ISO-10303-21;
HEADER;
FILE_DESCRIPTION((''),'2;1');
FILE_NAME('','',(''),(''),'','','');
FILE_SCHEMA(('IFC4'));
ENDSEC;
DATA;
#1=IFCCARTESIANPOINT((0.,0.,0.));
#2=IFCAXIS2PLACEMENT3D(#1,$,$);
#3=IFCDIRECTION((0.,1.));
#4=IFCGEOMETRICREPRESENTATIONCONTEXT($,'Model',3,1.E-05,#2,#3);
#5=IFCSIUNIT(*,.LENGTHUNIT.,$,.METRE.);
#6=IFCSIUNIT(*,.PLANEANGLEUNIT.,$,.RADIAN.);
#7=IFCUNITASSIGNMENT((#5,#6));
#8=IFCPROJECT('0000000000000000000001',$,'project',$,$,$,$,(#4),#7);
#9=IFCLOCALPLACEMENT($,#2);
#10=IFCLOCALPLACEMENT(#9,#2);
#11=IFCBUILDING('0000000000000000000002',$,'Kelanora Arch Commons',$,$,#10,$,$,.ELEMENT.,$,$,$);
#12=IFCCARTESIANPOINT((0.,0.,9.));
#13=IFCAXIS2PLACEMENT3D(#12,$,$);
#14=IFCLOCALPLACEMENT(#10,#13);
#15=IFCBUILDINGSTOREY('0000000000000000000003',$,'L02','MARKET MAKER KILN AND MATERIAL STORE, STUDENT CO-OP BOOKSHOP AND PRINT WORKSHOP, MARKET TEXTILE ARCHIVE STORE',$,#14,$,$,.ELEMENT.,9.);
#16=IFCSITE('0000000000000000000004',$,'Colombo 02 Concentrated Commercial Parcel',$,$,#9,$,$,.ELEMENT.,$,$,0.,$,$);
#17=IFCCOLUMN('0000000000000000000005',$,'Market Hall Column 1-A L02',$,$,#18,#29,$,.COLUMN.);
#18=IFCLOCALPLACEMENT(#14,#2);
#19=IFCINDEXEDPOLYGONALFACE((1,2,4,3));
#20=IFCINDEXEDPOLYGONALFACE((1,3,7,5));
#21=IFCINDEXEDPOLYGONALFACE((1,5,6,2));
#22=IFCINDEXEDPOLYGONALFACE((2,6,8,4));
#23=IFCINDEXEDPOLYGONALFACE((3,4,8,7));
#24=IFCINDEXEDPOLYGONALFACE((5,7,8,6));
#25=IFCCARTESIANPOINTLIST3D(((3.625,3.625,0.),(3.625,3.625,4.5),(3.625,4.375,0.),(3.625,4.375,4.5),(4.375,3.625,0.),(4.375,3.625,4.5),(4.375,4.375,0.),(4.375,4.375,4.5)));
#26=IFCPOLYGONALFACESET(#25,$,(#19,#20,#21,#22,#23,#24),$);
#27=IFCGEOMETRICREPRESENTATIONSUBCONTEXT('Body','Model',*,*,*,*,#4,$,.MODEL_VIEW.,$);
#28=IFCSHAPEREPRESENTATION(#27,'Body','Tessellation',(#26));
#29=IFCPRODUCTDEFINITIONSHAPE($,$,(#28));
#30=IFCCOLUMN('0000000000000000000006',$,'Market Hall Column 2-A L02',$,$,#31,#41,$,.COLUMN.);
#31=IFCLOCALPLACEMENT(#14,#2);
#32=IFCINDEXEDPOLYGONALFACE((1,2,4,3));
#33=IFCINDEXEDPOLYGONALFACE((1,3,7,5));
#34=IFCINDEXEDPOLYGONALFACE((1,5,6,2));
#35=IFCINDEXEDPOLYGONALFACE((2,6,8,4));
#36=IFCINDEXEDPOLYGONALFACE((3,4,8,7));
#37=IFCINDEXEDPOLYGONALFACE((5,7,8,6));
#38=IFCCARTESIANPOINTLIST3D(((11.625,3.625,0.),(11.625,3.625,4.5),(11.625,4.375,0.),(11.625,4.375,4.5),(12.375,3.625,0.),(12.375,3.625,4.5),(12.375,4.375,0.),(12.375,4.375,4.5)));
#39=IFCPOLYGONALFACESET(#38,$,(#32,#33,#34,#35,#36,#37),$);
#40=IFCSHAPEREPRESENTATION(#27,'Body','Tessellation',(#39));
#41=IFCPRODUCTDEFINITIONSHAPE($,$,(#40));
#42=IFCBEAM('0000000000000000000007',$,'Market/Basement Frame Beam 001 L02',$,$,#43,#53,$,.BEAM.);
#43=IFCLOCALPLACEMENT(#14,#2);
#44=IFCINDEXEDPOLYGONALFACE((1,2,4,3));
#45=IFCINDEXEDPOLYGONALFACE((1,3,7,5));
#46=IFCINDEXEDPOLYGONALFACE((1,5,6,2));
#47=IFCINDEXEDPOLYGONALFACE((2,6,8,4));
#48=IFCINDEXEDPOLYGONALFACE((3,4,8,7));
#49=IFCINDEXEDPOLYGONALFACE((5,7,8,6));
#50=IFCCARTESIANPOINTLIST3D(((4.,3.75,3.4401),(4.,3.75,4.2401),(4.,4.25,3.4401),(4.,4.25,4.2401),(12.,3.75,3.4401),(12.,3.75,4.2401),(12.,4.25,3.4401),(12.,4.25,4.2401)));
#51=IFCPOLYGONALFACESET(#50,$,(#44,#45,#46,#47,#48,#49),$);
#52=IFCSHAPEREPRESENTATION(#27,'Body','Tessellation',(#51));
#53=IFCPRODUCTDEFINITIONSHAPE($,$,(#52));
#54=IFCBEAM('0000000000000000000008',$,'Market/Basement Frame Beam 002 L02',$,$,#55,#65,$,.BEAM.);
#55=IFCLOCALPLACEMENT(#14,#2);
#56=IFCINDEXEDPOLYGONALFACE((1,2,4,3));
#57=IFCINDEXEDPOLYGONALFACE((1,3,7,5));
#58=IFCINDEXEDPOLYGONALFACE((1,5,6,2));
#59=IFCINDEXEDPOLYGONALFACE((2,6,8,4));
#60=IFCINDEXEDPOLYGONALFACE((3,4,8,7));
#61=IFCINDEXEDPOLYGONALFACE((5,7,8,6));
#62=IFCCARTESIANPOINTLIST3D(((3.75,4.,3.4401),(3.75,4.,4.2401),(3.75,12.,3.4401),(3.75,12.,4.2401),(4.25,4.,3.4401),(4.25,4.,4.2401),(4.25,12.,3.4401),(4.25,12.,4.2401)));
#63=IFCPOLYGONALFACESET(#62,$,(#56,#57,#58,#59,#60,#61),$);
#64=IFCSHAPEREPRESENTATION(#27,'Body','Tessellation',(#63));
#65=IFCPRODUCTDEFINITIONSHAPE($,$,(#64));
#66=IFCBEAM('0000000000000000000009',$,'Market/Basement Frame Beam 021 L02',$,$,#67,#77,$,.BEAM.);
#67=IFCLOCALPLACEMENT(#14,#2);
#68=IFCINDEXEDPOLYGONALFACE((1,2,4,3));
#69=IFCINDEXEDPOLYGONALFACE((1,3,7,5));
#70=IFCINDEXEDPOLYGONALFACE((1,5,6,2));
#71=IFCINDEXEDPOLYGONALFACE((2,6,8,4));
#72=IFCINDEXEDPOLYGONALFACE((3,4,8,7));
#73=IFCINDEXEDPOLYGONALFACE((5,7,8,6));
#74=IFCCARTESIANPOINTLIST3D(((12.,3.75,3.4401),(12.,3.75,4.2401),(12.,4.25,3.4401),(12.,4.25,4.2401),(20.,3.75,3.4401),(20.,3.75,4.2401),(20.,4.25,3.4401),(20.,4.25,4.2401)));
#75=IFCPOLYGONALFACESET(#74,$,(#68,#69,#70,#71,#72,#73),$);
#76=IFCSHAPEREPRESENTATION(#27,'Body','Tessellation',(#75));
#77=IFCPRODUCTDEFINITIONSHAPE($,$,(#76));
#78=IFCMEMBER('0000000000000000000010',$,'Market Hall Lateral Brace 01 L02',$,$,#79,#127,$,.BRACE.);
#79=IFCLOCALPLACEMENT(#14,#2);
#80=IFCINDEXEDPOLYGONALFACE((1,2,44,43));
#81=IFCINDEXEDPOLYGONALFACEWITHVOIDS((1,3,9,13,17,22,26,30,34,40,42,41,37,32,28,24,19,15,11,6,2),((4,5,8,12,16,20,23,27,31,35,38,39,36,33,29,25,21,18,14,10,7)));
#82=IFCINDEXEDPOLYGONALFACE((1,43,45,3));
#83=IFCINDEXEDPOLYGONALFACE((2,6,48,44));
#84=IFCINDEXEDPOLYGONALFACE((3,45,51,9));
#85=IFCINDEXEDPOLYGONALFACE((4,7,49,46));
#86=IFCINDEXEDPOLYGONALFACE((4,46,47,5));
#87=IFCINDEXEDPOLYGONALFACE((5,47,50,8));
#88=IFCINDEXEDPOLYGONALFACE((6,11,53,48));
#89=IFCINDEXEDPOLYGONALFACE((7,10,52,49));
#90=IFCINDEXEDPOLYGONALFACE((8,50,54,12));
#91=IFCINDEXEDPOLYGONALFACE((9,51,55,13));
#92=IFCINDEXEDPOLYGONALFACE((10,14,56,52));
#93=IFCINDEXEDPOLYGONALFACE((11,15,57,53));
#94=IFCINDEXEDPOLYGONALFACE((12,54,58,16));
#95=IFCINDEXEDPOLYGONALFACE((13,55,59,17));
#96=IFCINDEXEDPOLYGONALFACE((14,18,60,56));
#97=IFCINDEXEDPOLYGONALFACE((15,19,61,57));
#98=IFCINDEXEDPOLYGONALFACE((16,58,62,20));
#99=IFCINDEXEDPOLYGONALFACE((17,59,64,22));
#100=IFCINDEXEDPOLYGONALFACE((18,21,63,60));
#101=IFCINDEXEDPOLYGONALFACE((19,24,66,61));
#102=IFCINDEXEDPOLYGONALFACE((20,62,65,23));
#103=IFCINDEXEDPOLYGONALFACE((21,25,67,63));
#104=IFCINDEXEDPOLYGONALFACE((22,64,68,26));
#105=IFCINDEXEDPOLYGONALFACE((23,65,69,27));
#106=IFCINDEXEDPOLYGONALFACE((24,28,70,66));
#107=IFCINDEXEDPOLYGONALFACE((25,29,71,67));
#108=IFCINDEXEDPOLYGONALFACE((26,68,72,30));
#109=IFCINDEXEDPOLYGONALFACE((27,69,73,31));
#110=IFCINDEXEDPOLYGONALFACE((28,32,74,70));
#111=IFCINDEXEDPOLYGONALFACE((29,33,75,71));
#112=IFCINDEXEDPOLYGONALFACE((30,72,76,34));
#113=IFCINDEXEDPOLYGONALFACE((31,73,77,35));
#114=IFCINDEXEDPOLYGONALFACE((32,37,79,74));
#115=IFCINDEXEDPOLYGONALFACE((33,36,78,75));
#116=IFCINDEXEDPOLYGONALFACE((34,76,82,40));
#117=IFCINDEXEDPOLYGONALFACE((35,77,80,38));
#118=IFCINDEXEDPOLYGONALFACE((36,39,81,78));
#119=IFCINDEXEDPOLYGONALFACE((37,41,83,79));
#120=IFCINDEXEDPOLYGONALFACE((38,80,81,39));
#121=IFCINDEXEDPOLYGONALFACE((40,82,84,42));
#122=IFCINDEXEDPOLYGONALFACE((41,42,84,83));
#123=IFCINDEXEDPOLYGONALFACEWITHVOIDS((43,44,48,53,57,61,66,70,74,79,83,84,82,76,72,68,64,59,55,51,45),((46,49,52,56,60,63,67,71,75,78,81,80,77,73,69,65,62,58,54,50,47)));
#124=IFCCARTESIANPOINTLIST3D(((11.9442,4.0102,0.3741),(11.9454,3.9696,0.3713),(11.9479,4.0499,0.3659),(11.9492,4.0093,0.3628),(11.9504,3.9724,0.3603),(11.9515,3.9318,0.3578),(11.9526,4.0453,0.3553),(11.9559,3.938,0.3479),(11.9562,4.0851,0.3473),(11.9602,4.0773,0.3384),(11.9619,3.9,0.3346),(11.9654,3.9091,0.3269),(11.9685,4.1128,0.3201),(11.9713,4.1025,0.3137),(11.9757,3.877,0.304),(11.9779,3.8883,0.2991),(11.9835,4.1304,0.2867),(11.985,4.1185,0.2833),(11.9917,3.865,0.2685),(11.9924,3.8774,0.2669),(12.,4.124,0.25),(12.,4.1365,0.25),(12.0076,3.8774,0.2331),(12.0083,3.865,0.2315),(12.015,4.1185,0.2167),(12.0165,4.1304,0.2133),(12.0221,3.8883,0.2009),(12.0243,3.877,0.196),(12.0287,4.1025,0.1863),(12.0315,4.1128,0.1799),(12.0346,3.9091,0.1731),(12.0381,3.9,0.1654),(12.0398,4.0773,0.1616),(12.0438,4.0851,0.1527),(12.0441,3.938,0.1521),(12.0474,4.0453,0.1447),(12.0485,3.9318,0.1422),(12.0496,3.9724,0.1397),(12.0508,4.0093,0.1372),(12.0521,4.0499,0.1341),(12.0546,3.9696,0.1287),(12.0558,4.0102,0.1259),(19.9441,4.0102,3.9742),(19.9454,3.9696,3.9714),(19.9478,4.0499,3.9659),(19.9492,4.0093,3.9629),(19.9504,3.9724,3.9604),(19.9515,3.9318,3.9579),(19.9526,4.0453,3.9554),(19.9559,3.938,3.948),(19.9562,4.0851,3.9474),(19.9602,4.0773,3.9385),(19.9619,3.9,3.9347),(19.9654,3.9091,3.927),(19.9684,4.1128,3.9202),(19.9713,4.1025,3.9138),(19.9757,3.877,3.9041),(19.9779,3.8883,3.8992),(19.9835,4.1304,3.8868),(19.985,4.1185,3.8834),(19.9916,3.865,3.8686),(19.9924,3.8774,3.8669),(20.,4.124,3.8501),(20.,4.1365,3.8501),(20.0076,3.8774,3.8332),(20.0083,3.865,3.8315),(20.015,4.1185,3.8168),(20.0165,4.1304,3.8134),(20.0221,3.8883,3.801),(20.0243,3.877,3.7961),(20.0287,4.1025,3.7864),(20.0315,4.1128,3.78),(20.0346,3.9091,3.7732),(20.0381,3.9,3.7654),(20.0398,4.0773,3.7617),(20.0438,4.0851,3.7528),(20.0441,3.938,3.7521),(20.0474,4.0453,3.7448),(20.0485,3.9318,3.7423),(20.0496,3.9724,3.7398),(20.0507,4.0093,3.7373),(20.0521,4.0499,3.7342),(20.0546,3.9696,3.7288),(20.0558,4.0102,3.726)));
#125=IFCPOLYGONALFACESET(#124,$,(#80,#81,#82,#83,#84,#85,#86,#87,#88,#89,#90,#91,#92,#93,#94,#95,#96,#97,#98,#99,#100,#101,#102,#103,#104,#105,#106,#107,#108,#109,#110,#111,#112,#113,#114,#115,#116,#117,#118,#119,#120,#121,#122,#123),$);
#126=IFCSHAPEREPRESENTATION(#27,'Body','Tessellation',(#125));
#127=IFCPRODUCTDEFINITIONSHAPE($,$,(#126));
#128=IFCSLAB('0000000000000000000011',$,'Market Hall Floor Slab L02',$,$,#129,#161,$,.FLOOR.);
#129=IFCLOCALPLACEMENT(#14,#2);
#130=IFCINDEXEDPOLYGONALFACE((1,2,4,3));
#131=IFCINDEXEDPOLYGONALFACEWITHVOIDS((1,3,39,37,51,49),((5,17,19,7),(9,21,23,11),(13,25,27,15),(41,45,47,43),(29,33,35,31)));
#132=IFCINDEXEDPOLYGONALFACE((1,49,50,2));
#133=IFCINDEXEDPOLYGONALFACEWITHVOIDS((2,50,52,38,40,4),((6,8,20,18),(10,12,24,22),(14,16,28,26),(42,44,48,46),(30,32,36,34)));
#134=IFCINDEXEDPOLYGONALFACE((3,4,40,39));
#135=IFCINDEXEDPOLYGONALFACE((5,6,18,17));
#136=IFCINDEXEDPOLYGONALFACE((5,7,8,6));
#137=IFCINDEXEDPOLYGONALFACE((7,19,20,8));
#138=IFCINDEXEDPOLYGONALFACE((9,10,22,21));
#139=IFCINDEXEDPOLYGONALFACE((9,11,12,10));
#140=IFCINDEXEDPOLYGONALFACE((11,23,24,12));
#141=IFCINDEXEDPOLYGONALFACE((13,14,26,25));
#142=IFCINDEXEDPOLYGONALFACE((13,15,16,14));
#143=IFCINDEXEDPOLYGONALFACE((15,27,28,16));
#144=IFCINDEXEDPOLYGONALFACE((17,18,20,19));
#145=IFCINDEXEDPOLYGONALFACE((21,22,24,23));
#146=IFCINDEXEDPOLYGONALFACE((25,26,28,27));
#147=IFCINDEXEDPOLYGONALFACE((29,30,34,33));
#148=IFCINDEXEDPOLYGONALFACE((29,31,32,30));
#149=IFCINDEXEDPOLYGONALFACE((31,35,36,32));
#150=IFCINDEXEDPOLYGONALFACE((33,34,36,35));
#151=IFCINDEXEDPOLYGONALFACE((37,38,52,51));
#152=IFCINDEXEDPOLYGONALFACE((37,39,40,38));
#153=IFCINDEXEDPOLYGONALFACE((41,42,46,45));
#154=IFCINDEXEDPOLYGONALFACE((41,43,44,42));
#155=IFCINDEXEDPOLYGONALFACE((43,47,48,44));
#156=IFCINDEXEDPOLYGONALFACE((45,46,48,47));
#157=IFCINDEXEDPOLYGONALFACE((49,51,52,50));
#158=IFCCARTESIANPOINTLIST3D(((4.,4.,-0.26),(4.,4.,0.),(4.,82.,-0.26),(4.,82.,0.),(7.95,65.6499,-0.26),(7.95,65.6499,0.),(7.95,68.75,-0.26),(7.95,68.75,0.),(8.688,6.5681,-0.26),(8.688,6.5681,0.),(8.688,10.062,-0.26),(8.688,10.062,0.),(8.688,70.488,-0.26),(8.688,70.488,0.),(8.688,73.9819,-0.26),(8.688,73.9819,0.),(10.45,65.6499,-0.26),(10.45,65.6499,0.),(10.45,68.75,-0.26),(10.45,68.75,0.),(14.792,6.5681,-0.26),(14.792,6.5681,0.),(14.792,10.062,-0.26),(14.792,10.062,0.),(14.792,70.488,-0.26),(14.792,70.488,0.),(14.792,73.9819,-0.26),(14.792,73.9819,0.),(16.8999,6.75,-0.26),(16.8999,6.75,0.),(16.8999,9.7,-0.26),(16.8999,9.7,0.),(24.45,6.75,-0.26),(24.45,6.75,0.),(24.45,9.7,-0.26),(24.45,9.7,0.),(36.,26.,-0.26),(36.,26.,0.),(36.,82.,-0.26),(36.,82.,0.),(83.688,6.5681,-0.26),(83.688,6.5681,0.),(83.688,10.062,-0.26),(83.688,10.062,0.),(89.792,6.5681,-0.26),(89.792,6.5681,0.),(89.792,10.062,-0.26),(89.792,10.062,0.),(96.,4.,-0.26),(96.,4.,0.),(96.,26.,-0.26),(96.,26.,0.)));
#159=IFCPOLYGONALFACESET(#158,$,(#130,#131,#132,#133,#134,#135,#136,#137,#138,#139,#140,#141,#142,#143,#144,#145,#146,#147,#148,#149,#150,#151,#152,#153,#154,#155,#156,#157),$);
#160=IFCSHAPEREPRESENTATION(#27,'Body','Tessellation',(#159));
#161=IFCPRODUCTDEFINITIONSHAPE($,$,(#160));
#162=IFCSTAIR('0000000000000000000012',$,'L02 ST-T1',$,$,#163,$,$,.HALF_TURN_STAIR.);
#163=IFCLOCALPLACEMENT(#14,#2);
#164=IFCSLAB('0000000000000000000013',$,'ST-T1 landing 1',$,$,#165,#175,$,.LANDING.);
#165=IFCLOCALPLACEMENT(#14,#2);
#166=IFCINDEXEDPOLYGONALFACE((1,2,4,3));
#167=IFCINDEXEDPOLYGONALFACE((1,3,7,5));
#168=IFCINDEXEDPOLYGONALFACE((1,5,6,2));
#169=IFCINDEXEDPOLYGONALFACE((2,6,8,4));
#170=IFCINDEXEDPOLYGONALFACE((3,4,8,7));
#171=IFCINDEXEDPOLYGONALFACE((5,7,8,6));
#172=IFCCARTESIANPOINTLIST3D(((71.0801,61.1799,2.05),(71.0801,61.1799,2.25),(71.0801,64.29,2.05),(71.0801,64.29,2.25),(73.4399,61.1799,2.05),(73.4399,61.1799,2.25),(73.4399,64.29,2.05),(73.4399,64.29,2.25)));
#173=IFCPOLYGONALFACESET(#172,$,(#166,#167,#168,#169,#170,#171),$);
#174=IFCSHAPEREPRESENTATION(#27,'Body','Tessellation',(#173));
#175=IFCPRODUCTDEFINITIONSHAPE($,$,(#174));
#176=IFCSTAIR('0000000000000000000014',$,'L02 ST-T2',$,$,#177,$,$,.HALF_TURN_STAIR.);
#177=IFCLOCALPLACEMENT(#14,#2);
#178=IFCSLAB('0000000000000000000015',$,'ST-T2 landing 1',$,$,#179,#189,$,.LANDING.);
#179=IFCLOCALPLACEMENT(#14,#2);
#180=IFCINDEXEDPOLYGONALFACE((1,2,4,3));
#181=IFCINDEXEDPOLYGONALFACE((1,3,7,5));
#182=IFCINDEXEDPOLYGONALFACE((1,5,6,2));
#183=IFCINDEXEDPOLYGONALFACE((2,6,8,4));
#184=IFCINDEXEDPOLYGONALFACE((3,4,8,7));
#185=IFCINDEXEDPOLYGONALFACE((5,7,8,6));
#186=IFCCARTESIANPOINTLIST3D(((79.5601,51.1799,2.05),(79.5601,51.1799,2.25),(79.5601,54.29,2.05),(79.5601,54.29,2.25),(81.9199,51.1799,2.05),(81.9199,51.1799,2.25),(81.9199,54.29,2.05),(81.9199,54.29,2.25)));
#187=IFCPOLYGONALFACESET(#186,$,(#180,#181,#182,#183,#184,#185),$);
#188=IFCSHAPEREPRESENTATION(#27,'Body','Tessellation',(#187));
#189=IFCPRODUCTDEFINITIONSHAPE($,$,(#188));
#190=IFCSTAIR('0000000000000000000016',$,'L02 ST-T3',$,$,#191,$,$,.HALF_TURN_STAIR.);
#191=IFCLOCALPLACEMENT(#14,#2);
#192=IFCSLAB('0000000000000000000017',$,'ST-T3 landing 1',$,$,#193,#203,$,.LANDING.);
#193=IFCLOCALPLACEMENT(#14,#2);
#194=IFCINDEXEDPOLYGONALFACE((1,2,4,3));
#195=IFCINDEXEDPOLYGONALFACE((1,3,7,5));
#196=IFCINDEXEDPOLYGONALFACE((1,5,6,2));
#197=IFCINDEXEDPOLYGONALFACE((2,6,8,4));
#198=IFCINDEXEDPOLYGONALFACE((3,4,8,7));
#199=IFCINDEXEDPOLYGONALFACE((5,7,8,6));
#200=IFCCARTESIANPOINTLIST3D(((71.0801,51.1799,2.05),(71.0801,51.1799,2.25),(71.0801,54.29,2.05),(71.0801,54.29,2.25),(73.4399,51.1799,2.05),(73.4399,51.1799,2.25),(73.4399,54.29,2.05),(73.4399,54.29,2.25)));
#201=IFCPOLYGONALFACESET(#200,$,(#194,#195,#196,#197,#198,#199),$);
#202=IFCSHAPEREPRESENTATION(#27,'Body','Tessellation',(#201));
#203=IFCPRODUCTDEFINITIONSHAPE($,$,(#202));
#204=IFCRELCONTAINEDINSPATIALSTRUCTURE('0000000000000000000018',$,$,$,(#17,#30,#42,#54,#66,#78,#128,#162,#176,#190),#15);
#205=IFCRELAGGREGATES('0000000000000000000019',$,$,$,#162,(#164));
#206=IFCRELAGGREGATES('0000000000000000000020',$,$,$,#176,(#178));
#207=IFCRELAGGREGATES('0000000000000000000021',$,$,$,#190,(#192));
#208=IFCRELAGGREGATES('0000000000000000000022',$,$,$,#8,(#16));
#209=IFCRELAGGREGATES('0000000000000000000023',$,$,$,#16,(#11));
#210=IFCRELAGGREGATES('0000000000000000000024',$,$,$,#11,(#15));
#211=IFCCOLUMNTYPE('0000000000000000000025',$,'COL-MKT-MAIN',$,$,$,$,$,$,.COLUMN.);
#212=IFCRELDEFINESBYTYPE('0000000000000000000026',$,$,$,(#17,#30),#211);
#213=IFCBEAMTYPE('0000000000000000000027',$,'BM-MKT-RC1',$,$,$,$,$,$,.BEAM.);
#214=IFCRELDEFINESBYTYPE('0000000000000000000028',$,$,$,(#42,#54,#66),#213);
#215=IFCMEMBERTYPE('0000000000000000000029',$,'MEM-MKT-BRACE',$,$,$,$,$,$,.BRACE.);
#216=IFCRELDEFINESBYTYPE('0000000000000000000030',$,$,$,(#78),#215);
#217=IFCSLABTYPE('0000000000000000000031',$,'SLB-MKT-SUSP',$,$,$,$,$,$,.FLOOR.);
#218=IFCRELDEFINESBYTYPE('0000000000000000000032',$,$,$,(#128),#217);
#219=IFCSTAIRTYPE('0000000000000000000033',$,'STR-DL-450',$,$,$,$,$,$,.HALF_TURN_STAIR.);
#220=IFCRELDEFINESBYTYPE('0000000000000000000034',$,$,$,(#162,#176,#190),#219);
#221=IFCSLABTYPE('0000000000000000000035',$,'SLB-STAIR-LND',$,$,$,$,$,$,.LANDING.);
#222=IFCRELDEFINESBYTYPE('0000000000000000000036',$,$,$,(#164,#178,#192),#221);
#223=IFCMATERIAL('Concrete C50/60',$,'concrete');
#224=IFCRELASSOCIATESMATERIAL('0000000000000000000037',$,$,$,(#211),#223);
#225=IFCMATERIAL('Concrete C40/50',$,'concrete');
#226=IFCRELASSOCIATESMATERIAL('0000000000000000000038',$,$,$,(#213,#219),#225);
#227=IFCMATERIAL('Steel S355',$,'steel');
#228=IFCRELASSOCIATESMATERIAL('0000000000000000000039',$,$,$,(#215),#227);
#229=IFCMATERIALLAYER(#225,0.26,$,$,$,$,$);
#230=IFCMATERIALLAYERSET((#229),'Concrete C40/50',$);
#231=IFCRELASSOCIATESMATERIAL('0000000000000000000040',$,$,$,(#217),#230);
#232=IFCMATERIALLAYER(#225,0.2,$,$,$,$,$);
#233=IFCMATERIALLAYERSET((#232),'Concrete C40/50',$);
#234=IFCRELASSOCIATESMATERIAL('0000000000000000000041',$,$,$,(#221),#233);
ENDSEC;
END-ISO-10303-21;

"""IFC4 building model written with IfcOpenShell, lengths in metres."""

from ifc_helpers import new_model, si_unit, direction, frame, origin, origin_2d, place, context, subcontext, project, spatial, polyline, rectangle, hollow_circle, outline, extrude, material, layer, layer_set, material_profile, profile_set, type_object, element, aggregate, save


model = new_model("IFC4")

# Units and contexts
model_context = context("Model", 3, precision=1e-05, world=origin(), true_north=direction((0.0, 1.0)))
body_context = subcontext(model_context, "Body", "Model", "MODEL_VIEW")
ifc_project = project(units=[si_unit("LENGTHUNIT", "METRE"), si_unit("PLANEANGLEUNIT", "RADIAN")], contexts=[model_context])

# Site, building, storey
site_placement = place(None, origin())
site = spatial("IfcSite", under=ifc_project, at=site_placement, Name="Colombo 02 Concentrated Commercial Parcel", CompositionType="ELEMENT", RefElevation=0.0)
building_placement = place(site_placement, origin())
building = spatial("IfcBuilding", under=site, at=building_placement, Name="Kelanora Arch Commons", CompositionType="ELEMENT")
storey_placement = place(building_placement, frame((0.0, 0.0, 9.0)))
storey = spatial("IfcBuildingStorey", under=building, at=storey_placement, Name="L02", Description="MARKET MAKER KILN AND MATERIAL STORE, STUDENT CO-OP BOOKSHOP AND PRINT WORKSHOP, MARKET TEXTILE ARCHIVE STORE", CompositionType="ELEMENT", Elevation=9.0)

# Columns
ifc_material_1 = material(Name="Concrete C50/60", Category="concrete")
ifc_material_profile_1 = material_profile(ifc_material_1, rectangle(XDim=0.75, YDim=0.75, at=origin_2d()), Name="RC750x750")
ifc_profile_set_1 = profile_set([ifc_material_profile_1], Name="Concrete C50/60")
column_type = type_object("IfcColumnType", Name="COL-MKT-MAIN", PredefinedType="COLUMN", material=ifc_profile_set_1)
for number, where, z_axis, x_axis, name in (
    (1, (4.0, 4.0, 0.0), (0.0, 0.0, 1.0), (1.0, 0.0, 0.0), "Market Hall Column 1-A L02"),
    (2, (12.0, 4.0, 0.0), (0.0, 0.0, 1.0), (1.0, 0.0, 0.0), "Market Hall Column 2-A L02"),
):
    element("IfcColumn", number, at=place(storey_placement, frame(where, z_axis=z_axis, x_axis=x_axis)), inside=storey, type_object=column_type, Name=name, PredefinedType="COLUMN", context=body_context, shape_type="SweptSolid", body=[
        extrude(rectangle(XDim=0.75, YDim=0.75, at=origin_2d()), origin(), (0.0, 0.0, 1.0), 4.5),
    ])

# Beams
ifc_material_2 = material(Name="Concrete C40/50", Category="concrete")
ifc_material_profile_2 = material_profile(ifc_material_2, rectangle(XDim=0.5, YDim=0.8, at=origin_2d()), Name="RCB500x800")
ifc_profile_set_2 = profile_set([ifc_material_profile_2], Name="Concrete C40/50")
beam_type = type_object("IfcBeamType", Name="BM-MKT-RC1", PredefinedType="BEAM", material=ifc_profile_set_2)
for number, where, z_axis, x_axis, name in (
    (3, (4.0, 4.0, 3.8401), (1.0, 0.0, 0.0), (0.0, 1.0, 0.0), "Market/Basement Frame Beam 001 L02"),
    (4, (4.0, 4.0, 3.8401), (0.0, 1.0, 0.0), (-1.0, 0.0, 0.0), "Market/Basement Frame Beam 002 L02"),
    (5, (12.0, 4.0, 3.8401), (1.0, 0.0, 0.0), (0.0, 1.0, 0.0), "Market/Basement Frame Beam 021 L02"),
):
    element("IfcBeam", number, at=place(storey_placement, frame(where, z_axis=z_axis, x_axis=x_axis)), inside=storey, type_object=beam_type, Name=name, PredefinedType="BEAM", context=body_context, shape_type="SweptSolid", body=[
        extrude(rectangle(XDim=0.5, YDim=0.8, at=origin_2d()), origin(), (0.0, 0.0, 1.0), 8.0),
    ])

# Member
ifc_material_3 = material(Name="Steel S355", Category="steel")
ifc_material_profile_3 = material_profile(ifc_material_3, hollow_circle(Radius=0.1365, WallThickness=0.0125, at=origin_2d()), Name="CHS273x12.5")
ifc_profile_set_3 = profile_set([ifc_material_profile_3], Name="Steel S355")
member_type = type_object("IfcMemberType", Name="MEM-MKT-BRACE", PredefinedType="BRACE", material=ifc_profile_set_3)
member_placement = place(storey_placement, frame((12.0, 4.0, 0.25), z_axis=(0.911917, 0.0, 0.410374), x_axis=(0.0, 1.0, 0.0)))
element("IfcMember", 6, at=member_placement, inside=storey, type_object=member_type, Name="Market Hall Lateral Brace 01 L02", PredefinedType="BRACE", context=body_context, shape_type="SweptSolid", body=[
    extrude(hollow_circle(Radius=0.1365, WallThickness=0.0125, at=origin_2d()), origin(), (0.0, 0.0, 1.0), 8.7727),
])

# Slab
ifc_layer_1 = layer(ifc_material_2, 0.26)
ifc_layer_set_1 = layer_set([ifc_layer_1], Name="Concrete C40/50")
slab_type_1 = type_object("IfcSlabType", Name="SLB-MKT-SUSP", PredefinedType="FLOOR", material=ifc_layer_set_1)
slab_1_placement = place(storey_placement, frame((0.0, 0.0, -0.26)))
element("IfcSlab", 7, at=slab_1_placement, inside=storey, type_object=slab_type_1, Name="Market Hall Floor Slab L02", PredefinedType="FLOOR", context=body_context, shape_type="SweptSolid", body=[
    extrude(outline(polyline([(4.0, 4.0), (96.0, 4.0), (96.0, 26.0), (36.0, 26.0), (36.0, 82.0), (4.0, 82.0), (4.0, 4.0)]), holes=[polyline([(24.45, 6.75), (16.8999, 6.75), (16.8999, 9.7), (24.45, 9.7), (24.45, 6.75)]), polyline([(14.792, 6.5681), (8.688, 6.5681), (8.688, 10.062), (14.792, 10.062), (14.792, 6.5681)]), polyline([(89.792, 6.5681), (83.688, 6.5681), (83.688, 10.062), (89.792, 10.062), (89.792, 6.5681)]), polyline([(7.95, 65.6499), (7.95, 68.75), (10.45, 68.75), (10.45, 65.6499), (7.95, 65.6499)]), polyline([(8.688, 70.488), (8.688, 73.9819), (14.792, 73.9819), (14.792, 70.488), (8.688, 70.488)])]), origin(), (0.0, 0.0, 1.0), 0.26),
])

# Stairs, slabs
stair_type = type_object("IfcStairType", Name="STR-DL-450", PredefinedType="HALF_TURN_STAIR", material=ifc_material_2)
stair_1_placement = place(storey_placement, origin())
stair_1 = element("IfcStair", 8, at=stair_1_placement, inside=storey, type_object=stair_type, Name="L02 ST-T1", PredefinedType="HALF_TURN_STAIR")
ifc_layer_2 = layer(ifc_material_2, 0.2)
ifc_layer_set_2 = layer_set([ifc_layer_2], Name="Concrete C40/50")
slab_type_2 = type_object("IfcSlabType", Name="SLB-STAIR-LND", PredefinedType="LANDING", material=ifc_layer_set_2)
slab_2_placement = place(storey_placement, frame((0.0, 0.0, 2.05)))
slab_2 = element("IfcSlab", 9, at=slab_2_placement, type_object=slab_type_2, Name="ST-T1 landing 1", PredefinedType="LANDING", context=body_context, shape_type="SweptSolid", body=[
    extrude(outline(polyline([(71.0801, 61.1799), (73.4399, 61.1799), (73.4399, 64.29), (71.0801, 64.29), (71.0801, 61.1799)])), origin(), (0.0, 0.0, 1.0), 0.2),
])
aggregate(stair_1, [slab_2])
stair_2_placement = place(storey_placement, origin())
stair_2 = element("IfcStair", 10, at=stair_2_placement, inside=storey, type_object=stair_type, Name="L02 ST-T2", PredefinedType="HALF_TURN_STAIR")
slab_3_placement = place(storey_placement, frame((0.0, 0.0, 2.05)))
slab_3 = element("IfcSlab", 11, at=slab_3_placement, type_object=slab_type_2, Name="ST-T2 landing 1", PredefinedType="LANDING", context=body_context, shape_type="SweptSolid", body=[
    extrude(outline(polyline([(79.5601, 51.1799), (81.9199, 51.1799), (81.9199, 54.29), (79.5601, 54.29), (79.5601, 51.1799)])), origin(), (0.0, 0.0, 1.0), 0.2),
])
aggregate(stair_2, [slab_3])
stair_3_placement = place(storey_placement, origin())
stair_3 = element("IfcStair", 12, at=stair_3_placement, inside=storey, type_object=stair_type, Name="L02 ST-T3", PredefinedType="HALF_TURN_STAIR")
slab_4_placement = place(storey_placement, frame((0.0, 0.0, 2.05)))
slab_4 = element("IfcSlab", 13, at=slab_4_placement, type_object=slab_type_2, Name="ST-T3 landing 1", PredefinedType="LANDING", context=body_context, shape_type="SweptSolid", body=[
    extrude(outline(polyline([(71.0801, 51.1799), (73.4399, 51.1799), (73.4399, 54.29), (71.0801, 54.29), (71.0801, 51.1799)])), origin(), (0.0, 0.0, 1.0), 0.2),
])
aggregate(stair_3, [slab_4])

save(model, "model.ifc")
